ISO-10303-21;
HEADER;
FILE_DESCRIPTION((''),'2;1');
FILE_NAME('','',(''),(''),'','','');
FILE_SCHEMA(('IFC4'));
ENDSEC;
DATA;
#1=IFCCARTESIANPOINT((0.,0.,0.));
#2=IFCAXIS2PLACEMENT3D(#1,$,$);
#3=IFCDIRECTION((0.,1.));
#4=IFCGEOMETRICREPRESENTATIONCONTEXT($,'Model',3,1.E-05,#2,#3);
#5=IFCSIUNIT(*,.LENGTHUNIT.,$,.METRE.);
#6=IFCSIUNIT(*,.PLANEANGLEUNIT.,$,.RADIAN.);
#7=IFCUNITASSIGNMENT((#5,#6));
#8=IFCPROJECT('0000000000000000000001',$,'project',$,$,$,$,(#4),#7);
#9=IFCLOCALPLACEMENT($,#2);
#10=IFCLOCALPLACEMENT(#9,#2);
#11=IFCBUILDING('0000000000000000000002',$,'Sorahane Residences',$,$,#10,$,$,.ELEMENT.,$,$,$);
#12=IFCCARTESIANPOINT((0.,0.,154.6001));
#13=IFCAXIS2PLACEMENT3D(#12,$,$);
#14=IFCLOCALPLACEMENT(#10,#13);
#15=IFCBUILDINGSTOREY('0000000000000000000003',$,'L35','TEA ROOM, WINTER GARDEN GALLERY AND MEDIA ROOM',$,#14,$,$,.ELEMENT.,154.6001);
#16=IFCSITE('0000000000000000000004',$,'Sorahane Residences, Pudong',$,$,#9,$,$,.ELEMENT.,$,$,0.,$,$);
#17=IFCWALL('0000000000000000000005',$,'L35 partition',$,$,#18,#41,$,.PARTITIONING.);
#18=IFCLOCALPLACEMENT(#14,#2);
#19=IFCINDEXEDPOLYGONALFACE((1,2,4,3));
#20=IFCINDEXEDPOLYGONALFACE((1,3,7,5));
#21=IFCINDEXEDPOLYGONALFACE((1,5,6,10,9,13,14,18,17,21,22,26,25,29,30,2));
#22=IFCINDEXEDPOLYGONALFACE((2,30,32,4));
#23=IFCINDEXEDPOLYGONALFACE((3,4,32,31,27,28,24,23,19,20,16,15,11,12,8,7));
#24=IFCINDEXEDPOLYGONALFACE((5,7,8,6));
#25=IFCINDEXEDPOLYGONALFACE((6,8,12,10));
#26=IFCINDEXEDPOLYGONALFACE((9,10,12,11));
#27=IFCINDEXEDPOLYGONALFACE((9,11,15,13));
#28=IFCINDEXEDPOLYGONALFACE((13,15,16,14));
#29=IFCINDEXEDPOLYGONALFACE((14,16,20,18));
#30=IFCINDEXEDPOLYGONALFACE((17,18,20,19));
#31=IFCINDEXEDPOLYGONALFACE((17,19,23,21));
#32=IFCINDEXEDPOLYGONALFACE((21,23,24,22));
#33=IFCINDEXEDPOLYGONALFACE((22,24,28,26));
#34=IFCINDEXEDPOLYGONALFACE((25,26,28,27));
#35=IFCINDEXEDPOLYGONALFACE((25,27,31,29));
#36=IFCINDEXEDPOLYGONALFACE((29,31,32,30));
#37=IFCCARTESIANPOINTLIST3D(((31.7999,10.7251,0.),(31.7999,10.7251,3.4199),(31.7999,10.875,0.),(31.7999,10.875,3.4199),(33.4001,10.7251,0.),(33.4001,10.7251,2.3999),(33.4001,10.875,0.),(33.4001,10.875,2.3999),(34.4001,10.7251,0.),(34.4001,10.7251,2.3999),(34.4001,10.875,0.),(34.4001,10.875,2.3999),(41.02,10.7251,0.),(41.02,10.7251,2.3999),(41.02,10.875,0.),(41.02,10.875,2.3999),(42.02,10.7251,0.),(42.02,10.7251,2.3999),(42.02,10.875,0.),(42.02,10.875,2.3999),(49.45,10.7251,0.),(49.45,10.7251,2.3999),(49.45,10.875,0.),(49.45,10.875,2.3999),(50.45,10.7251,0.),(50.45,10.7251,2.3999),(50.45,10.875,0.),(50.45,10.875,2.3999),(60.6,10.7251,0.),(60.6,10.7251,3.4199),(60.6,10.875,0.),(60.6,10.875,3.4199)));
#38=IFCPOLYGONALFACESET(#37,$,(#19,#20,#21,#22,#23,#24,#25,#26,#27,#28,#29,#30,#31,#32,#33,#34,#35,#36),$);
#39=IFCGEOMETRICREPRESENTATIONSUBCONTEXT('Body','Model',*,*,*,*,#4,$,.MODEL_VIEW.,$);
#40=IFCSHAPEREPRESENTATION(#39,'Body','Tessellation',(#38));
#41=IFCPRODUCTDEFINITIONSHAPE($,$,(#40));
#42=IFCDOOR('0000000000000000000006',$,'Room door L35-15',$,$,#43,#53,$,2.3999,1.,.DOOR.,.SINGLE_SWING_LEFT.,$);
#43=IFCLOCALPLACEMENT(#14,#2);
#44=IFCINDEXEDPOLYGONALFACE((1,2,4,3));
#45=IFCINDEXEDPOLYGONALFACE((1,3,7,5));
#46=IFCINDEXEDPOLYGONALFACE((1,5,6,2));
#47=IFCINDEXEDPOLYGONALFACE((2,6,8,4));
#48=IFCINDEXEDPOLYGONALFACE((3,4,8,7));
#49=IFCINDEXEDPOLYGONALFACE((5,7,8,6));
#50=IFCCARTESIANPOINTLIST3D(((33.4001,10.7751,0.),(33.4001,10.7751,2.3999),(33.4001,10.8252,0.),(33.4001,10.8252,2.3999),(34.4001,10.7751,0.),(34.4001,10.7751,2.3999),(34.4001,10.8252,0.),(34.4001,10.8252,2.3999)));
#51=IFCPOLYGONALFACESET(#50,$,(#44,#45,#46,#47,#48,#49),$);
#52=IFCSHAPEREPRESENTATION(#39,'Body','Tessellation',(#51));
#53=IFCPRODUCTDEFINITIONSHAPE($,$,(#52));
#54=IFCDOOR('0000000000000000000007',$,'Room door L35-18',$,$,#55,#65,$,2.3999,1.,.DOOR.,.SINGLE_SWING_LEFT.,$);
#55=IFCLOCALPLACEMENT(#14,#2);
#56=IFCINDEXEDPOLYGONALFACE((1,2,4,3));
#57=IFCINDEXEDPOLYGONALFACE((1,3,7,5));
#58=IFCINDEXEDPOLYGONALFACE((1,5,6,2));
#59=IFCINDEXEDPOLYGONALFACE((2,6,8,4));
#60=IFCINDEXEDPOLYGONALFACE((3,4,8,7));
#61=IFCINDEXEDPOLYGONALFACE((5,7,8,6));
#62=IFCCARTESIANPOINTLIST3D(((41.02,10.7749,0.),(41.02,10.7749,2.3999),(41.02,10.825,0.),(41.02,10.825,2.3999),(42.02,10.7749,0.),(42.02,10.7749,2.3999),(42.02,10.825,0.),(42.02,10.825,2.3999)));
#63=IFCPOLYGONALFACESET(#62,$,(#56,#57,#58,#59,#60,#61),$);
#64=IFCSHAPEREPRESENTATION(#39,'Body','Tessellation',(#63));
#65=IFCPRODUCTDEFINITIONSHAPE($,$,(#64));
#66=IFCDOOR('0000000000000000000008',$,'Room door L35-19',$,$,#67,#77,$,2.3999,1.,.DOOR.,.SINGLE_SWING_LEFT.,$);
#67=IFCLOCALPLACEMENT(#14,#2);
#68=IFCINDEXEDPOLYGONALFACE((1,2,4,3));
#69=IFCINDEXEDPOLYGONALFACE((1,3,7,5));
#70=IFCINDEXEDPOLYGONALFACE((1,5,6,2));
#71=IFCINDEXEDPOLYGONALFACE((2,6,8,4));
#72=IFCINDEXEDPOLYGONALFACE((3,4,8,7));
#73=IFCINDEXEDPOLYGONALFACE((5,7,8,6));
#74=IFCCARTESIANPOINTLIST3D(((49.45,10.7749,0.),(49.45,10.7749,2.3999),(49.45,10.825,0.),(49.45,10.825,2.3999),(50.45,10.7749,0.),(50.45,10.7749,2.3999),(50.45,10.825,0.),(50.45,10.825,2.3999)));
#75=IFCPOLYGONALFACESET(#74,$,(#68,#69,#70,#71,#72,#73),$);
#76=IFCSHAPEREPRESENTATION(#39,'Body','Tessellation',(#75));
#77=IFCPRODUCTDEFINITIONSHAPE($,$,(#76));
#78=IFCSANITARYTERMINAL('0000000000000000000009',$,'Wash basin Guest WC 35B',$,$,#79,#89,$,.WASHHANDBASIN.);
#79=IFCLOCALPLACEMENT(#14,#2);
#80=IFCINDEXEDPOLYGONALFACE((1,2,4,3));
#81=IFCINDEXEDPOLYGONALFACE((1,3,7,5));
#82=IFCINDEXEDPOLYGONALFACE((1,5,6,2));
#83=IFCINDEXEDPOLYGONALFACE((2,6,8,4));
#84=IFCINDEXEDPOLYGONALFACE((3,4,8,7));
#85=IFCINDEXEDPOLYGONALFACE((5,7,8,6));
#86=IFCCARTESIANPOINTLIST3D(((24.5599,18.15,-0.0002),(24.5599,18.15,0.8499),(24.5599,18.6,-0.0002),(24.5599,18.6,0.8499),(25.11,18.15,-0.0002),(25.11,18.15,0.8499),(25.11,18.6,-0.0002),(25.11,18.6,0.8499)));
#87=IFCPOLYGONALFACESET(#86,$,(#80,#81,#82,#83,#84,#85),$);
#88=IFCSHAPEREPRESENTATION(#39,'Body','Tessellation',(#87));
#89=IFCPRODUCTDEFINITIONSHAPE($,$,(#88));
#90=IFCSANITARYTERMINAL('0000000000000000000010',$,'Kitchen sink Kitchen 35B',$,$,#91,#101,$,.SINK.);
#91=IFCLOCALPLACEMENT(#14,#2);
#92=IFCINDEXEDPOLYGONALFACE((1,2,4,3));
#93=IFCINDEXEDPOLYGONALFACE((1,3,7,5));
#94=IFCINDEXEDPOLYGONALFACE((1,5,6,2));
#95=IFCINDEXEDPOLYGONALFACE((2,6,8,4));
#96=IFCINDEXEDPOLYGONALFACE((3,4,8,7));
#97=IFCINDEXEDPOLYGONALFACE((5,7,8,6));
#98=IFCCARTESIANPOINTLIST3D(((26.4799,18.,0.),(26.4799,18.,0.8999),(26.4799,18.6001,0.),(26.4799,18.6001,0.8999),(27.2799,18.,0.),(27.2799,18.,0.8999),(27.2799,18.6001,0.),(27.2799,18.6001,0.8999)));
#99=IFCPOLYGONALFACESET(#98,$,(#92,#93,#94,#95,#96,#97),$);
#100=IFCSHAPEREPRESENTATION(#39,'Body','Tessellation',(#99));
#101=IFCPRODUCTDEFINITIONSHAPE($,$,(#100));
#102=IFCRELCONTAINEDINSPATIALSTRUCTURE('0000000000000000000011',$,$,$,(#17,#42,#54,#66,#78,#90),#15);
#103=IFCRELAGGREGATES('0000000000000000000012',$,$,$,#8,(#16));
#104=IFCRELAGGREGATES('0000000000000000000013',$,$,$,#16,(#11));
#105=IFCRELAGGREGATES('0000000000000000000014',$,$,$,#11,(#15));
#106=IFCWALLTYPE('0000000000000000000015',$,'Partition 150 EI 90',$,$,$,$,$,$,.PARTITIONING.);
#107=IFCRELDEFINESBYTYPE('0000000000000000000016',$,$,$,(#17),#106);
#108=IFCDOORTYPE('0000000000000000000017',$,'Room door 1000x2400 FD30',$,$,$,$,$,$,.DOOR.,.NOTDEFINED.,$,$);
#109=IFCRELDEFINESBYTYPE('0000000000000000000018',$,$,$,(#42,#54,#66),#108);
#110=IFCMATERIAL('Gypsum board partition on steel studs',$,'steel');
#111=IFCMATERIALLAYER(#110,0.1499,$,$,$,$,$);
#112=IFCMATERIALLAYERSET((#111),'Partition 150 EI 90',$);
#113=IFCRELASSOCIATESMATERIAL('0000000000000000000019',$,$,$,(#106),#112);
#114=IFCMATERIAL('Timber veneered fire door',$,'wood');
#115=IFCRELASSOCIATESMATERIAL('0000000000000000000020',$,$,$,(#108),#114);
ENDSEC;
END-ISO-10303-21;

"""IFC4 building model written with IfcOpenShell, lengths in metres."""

from ifc_helpers import new_model, si_unit, direction, frame, frame_2d, origin, origin_2d, place, context, subcontext, project, spatial, rectangle, extrude, material, layer, layer_set, type_object, element, fill, save


model = new_model("IFC4")

# Units and contexts
model_context = context("Model", 3, precision=1e-05, world=origin(), true_north=direction((0.0, 1.0)))
body_context = subcontext(model_context, "Body", "Model", "MODEL_VIEW")
ifc_project = project(units=[si_unit("LENGTHUNIT", "METRE"), si_unit("PLANEANGLEUNIT", "RADIAN")], contexts=[model_context])

# Site, building, storey
site_placement = place(None, origin())
site = spatial("IfcSite", under=ifc_project, at=site_placement, Name="Sorahane Residences, Pudong", CompositionType="ELEMENT", RefElevation=0.0)
building_placement = place(site_placement, origin())
building = spatial("IfcBuilding", under=site, at=building_placement, Name="Sorahane Residences", CompositionType="ELEMENT")
storey_placement = place(building_placement, frame((0.0, 0.0, 154.6001)))
storey = spatial("IfcBuildingStorey", under=building, at=storey_placement, Name="L35", Description="TEA ROOM, WINTER GARDEN GALLERY AND MEDIA ROOM", CompositionType="ELEMENT", Elevation=154.6001)

# Wall, openings, doors
ifc_material_1 = material(Name="Gypsum board partition on steel studs", Category="steel")
ifc_layer_1 = layer(ifc_material_1, 0.1499)
ifc_layer_set_1 = layer_set([ifc_layer_1], Name="Partition 150 EI 90")
wall_type_1 = type_object("IfcWallType", Name="Partition 150 EI 90", PredefinedType="PARTITIONING", material=ifc_layer_set_1)
wall_1_placement = place(storey_placement, frame((31.8, 10.8, 0.0), z_axis=(0.0, 0.0, 1.0), x_axis=(1.0, 0.0, 0.0)))
wall_1 = element("IfcWall", 1, at=wall_1_placement, inside=storey, type_object=wall_type_1, Name="L35 partition", PredefinedType="PARTITIONING", context=body_context, shape_type="SweptSolid", body=[
    extrude(rectangle(XDim=28.8, YDim=0.1499, at=frame_2d((14.3999, 0.0))), origin(), (0.0, 0.0, 1.0), 3.4199),
])
opening_1_placement = place(wall_1_placement, frame((1.6001, 0.0, 0.0)))
opening_1 = element("IfcOpeningElement", 2, at=opening_1_placement, cuts=wall_1, PredefinedType="OPENING", context=body_context, shape_type="SweptSolid", body=[
    extrude(rectangle(XDim=1.0, YDim=2.3999, at=frame_2d((0.5, 1.2))), frame((0.0, 0.085, 0.0), z_axis=(0.0, -1.0, 0.0), x_axis=(1.0, 0.0, 0.0)), (0.0, 0.0, 1.0), 0.1699),
])
opening_2_placement = place(wall_1_placement, frame((9.22, 0.0, 0.0)))
opening_2 = element("IfcOpeningElement", 3, at=opening_2_placement, cuts=wall_1, PredefinedType="OPENING", context=body_context, shape_type="SweptSolid", body=[
    extrude(rectangle(XDim=1.0, YDim=2.3999, at=frame_2d((0.5, 1.2))), frame((0.0, 0.085, 0.0), z_axis=(0.0, -1.0, 0.0), x_axis=(1.0, 0.0, 0.0)), (0.0, 0.0, 1.0), 0.1699),
])
opening_3_placement = place(wall_1_placement, frame((17.6499, 0.0, 0.0)))
opening_3 = element("IfcOpeningElement", 4, at=opening_3_placement, cuts=wall_1, PredefinedType="OPENING", context=body_context, shape_type="SweptSolid", body=[
    extrude(rectangle(XDim=1.0, YDim=2.3999, at=frame_2d((0.5, 1.2))), frame((0.0, 0.085, 0.0), z_axis=(0.0, -1.0, 0.0), x_axis=(1.0, 0.0, 0.0)), (0.0, 0.0, 1.0), 0.1699),
])
ifc_material_2 = material(Name="Timber veneered fire door", Category="wood")
door_type_1 = type_object("IfcDoorType", Name="Room door 1000x2400 FD30", OperationType="NOTDEFINED", PredefinedType="DOOR", material=ifc_material_2)
door_1_placement = place(opening_1_placement, frame((1.0, 0.0, 0.0), z_axis=(0.0, 0.0, 1.0), x_axis=(-1.0, 0.0, 0.0)))
door_1 = element("IfcDoor", 5, at=door_1_placement, inside=storey, type_object=door_type_1, Name="Room door L35-15", OperationType="SINGLE_SWING_LEFT", OverallHeight=2.3999, OverallWidth=1.0, PredefinedType="DOOR", context=body_context, shape_type="SweptSolid", body=[
    extrude(rectangle(XDim=1.0, YDim=2.3999, at=frame_2d((0.5, 1.2))), frame((0.0, 0.0249, 0.0), z_axis=(0.0, -1.0, 0.0), x_axis=(1.0, 0.0, 0.0)), (0.0, 0.0, 1.0), 0.05),
])
fill(opening_1, door_1)
door_2_placement = place(opening_2_placement, origin())
door_2 = element("IfcDoor", 6, at=door_2_placement, inside=storey, type_object=door_type_1, Name="Room door L35-18", OperationType="SINGLE_SWING_LEFT", OverallHeight=2.3999, OverallWidth=1.0, PredefinedType="DOOR", context=body_context, shape_type="SweptSolid", body=[
    extrude(rectangle(XDim=1.0, YDim=2.3999, at=frame_2d((0.5, 1.2))), frame((0.0, 0.0249, 0.0), z_axis=(0.0, -1.0, 0.0), x_axis=(1.0, 0.0, 0.0)), (0.0, 0.0, 1.0), 0.05),
])
fill(opening_2, door_2)
door_3_placement = place(opening_3_placement, origin())
door_3 = element("IfcDoor", 7, at=door_3_placement, inside=storey, type_object=door_type_1, Name="Room door L35-19", OperationType="SINGLE_SWING_LEFT", OverallHeight=2.3999, OverallWidth=1.0, PredefinedType="DOOR", context=body_context, shape_type="SweptSolid", body=[
    extrude(rectangle(XDim=1.0, YDim=2.3999, at=frame_2d((0.5, 1.2))), frame((0.0, 0.0249, 0.0), z_axis=(0.0, -1.0, 0.0), x_axis=(1.0, 0.0, 0.0)), (0.0, 0.0, 1.0), 0.05),
])
fill(opening_3, door_3)

# Sanitary terminals
sanitary_terminal_1_placement = place(storey_placement, frame((24.835, 18.375, -0.0002), z_axis=(0.0, 0.0, 1.0), x_axis=(1.0, 0.0, 0.0)))
element("IfcSanitaryTerminal", 8, at=sanitary_terminal_1_placement, inside=storey, Name="Wash basin Guest WC 35B", PredefinedType="WASHHANDBASIN", context=body_context, shape_type="SweptSolid", body=[
    extrude(rectangle(XDim=0.55, YDim=0.45, at=origin_2d()), origin(), (0.0, 0.0, 1.0), 0.8501),
])
sanitary_terminal_2_placement = place(storey_placement, frame((26.8799, 18.3, 0.0), z_axis=(0.0, 0.0, 1.0), x_axis=(1.0, 0.0, 0.0)))
element("IfcSanitaryTerminal", 9, at=sanitary_terminal_2_placement, inside=storey, Name="Kitchen sink Kitchen 35B", PredefinedType="SINK", context=body_context, shape_type="SweptSolid", body=[
    extrude(rectangle(XDim=0.8, YDim=0.6001, at=origin_2d()), origin(), (0.0, 0.0, 1.0), 0.8999),
])

save(model, "model.ifc")
